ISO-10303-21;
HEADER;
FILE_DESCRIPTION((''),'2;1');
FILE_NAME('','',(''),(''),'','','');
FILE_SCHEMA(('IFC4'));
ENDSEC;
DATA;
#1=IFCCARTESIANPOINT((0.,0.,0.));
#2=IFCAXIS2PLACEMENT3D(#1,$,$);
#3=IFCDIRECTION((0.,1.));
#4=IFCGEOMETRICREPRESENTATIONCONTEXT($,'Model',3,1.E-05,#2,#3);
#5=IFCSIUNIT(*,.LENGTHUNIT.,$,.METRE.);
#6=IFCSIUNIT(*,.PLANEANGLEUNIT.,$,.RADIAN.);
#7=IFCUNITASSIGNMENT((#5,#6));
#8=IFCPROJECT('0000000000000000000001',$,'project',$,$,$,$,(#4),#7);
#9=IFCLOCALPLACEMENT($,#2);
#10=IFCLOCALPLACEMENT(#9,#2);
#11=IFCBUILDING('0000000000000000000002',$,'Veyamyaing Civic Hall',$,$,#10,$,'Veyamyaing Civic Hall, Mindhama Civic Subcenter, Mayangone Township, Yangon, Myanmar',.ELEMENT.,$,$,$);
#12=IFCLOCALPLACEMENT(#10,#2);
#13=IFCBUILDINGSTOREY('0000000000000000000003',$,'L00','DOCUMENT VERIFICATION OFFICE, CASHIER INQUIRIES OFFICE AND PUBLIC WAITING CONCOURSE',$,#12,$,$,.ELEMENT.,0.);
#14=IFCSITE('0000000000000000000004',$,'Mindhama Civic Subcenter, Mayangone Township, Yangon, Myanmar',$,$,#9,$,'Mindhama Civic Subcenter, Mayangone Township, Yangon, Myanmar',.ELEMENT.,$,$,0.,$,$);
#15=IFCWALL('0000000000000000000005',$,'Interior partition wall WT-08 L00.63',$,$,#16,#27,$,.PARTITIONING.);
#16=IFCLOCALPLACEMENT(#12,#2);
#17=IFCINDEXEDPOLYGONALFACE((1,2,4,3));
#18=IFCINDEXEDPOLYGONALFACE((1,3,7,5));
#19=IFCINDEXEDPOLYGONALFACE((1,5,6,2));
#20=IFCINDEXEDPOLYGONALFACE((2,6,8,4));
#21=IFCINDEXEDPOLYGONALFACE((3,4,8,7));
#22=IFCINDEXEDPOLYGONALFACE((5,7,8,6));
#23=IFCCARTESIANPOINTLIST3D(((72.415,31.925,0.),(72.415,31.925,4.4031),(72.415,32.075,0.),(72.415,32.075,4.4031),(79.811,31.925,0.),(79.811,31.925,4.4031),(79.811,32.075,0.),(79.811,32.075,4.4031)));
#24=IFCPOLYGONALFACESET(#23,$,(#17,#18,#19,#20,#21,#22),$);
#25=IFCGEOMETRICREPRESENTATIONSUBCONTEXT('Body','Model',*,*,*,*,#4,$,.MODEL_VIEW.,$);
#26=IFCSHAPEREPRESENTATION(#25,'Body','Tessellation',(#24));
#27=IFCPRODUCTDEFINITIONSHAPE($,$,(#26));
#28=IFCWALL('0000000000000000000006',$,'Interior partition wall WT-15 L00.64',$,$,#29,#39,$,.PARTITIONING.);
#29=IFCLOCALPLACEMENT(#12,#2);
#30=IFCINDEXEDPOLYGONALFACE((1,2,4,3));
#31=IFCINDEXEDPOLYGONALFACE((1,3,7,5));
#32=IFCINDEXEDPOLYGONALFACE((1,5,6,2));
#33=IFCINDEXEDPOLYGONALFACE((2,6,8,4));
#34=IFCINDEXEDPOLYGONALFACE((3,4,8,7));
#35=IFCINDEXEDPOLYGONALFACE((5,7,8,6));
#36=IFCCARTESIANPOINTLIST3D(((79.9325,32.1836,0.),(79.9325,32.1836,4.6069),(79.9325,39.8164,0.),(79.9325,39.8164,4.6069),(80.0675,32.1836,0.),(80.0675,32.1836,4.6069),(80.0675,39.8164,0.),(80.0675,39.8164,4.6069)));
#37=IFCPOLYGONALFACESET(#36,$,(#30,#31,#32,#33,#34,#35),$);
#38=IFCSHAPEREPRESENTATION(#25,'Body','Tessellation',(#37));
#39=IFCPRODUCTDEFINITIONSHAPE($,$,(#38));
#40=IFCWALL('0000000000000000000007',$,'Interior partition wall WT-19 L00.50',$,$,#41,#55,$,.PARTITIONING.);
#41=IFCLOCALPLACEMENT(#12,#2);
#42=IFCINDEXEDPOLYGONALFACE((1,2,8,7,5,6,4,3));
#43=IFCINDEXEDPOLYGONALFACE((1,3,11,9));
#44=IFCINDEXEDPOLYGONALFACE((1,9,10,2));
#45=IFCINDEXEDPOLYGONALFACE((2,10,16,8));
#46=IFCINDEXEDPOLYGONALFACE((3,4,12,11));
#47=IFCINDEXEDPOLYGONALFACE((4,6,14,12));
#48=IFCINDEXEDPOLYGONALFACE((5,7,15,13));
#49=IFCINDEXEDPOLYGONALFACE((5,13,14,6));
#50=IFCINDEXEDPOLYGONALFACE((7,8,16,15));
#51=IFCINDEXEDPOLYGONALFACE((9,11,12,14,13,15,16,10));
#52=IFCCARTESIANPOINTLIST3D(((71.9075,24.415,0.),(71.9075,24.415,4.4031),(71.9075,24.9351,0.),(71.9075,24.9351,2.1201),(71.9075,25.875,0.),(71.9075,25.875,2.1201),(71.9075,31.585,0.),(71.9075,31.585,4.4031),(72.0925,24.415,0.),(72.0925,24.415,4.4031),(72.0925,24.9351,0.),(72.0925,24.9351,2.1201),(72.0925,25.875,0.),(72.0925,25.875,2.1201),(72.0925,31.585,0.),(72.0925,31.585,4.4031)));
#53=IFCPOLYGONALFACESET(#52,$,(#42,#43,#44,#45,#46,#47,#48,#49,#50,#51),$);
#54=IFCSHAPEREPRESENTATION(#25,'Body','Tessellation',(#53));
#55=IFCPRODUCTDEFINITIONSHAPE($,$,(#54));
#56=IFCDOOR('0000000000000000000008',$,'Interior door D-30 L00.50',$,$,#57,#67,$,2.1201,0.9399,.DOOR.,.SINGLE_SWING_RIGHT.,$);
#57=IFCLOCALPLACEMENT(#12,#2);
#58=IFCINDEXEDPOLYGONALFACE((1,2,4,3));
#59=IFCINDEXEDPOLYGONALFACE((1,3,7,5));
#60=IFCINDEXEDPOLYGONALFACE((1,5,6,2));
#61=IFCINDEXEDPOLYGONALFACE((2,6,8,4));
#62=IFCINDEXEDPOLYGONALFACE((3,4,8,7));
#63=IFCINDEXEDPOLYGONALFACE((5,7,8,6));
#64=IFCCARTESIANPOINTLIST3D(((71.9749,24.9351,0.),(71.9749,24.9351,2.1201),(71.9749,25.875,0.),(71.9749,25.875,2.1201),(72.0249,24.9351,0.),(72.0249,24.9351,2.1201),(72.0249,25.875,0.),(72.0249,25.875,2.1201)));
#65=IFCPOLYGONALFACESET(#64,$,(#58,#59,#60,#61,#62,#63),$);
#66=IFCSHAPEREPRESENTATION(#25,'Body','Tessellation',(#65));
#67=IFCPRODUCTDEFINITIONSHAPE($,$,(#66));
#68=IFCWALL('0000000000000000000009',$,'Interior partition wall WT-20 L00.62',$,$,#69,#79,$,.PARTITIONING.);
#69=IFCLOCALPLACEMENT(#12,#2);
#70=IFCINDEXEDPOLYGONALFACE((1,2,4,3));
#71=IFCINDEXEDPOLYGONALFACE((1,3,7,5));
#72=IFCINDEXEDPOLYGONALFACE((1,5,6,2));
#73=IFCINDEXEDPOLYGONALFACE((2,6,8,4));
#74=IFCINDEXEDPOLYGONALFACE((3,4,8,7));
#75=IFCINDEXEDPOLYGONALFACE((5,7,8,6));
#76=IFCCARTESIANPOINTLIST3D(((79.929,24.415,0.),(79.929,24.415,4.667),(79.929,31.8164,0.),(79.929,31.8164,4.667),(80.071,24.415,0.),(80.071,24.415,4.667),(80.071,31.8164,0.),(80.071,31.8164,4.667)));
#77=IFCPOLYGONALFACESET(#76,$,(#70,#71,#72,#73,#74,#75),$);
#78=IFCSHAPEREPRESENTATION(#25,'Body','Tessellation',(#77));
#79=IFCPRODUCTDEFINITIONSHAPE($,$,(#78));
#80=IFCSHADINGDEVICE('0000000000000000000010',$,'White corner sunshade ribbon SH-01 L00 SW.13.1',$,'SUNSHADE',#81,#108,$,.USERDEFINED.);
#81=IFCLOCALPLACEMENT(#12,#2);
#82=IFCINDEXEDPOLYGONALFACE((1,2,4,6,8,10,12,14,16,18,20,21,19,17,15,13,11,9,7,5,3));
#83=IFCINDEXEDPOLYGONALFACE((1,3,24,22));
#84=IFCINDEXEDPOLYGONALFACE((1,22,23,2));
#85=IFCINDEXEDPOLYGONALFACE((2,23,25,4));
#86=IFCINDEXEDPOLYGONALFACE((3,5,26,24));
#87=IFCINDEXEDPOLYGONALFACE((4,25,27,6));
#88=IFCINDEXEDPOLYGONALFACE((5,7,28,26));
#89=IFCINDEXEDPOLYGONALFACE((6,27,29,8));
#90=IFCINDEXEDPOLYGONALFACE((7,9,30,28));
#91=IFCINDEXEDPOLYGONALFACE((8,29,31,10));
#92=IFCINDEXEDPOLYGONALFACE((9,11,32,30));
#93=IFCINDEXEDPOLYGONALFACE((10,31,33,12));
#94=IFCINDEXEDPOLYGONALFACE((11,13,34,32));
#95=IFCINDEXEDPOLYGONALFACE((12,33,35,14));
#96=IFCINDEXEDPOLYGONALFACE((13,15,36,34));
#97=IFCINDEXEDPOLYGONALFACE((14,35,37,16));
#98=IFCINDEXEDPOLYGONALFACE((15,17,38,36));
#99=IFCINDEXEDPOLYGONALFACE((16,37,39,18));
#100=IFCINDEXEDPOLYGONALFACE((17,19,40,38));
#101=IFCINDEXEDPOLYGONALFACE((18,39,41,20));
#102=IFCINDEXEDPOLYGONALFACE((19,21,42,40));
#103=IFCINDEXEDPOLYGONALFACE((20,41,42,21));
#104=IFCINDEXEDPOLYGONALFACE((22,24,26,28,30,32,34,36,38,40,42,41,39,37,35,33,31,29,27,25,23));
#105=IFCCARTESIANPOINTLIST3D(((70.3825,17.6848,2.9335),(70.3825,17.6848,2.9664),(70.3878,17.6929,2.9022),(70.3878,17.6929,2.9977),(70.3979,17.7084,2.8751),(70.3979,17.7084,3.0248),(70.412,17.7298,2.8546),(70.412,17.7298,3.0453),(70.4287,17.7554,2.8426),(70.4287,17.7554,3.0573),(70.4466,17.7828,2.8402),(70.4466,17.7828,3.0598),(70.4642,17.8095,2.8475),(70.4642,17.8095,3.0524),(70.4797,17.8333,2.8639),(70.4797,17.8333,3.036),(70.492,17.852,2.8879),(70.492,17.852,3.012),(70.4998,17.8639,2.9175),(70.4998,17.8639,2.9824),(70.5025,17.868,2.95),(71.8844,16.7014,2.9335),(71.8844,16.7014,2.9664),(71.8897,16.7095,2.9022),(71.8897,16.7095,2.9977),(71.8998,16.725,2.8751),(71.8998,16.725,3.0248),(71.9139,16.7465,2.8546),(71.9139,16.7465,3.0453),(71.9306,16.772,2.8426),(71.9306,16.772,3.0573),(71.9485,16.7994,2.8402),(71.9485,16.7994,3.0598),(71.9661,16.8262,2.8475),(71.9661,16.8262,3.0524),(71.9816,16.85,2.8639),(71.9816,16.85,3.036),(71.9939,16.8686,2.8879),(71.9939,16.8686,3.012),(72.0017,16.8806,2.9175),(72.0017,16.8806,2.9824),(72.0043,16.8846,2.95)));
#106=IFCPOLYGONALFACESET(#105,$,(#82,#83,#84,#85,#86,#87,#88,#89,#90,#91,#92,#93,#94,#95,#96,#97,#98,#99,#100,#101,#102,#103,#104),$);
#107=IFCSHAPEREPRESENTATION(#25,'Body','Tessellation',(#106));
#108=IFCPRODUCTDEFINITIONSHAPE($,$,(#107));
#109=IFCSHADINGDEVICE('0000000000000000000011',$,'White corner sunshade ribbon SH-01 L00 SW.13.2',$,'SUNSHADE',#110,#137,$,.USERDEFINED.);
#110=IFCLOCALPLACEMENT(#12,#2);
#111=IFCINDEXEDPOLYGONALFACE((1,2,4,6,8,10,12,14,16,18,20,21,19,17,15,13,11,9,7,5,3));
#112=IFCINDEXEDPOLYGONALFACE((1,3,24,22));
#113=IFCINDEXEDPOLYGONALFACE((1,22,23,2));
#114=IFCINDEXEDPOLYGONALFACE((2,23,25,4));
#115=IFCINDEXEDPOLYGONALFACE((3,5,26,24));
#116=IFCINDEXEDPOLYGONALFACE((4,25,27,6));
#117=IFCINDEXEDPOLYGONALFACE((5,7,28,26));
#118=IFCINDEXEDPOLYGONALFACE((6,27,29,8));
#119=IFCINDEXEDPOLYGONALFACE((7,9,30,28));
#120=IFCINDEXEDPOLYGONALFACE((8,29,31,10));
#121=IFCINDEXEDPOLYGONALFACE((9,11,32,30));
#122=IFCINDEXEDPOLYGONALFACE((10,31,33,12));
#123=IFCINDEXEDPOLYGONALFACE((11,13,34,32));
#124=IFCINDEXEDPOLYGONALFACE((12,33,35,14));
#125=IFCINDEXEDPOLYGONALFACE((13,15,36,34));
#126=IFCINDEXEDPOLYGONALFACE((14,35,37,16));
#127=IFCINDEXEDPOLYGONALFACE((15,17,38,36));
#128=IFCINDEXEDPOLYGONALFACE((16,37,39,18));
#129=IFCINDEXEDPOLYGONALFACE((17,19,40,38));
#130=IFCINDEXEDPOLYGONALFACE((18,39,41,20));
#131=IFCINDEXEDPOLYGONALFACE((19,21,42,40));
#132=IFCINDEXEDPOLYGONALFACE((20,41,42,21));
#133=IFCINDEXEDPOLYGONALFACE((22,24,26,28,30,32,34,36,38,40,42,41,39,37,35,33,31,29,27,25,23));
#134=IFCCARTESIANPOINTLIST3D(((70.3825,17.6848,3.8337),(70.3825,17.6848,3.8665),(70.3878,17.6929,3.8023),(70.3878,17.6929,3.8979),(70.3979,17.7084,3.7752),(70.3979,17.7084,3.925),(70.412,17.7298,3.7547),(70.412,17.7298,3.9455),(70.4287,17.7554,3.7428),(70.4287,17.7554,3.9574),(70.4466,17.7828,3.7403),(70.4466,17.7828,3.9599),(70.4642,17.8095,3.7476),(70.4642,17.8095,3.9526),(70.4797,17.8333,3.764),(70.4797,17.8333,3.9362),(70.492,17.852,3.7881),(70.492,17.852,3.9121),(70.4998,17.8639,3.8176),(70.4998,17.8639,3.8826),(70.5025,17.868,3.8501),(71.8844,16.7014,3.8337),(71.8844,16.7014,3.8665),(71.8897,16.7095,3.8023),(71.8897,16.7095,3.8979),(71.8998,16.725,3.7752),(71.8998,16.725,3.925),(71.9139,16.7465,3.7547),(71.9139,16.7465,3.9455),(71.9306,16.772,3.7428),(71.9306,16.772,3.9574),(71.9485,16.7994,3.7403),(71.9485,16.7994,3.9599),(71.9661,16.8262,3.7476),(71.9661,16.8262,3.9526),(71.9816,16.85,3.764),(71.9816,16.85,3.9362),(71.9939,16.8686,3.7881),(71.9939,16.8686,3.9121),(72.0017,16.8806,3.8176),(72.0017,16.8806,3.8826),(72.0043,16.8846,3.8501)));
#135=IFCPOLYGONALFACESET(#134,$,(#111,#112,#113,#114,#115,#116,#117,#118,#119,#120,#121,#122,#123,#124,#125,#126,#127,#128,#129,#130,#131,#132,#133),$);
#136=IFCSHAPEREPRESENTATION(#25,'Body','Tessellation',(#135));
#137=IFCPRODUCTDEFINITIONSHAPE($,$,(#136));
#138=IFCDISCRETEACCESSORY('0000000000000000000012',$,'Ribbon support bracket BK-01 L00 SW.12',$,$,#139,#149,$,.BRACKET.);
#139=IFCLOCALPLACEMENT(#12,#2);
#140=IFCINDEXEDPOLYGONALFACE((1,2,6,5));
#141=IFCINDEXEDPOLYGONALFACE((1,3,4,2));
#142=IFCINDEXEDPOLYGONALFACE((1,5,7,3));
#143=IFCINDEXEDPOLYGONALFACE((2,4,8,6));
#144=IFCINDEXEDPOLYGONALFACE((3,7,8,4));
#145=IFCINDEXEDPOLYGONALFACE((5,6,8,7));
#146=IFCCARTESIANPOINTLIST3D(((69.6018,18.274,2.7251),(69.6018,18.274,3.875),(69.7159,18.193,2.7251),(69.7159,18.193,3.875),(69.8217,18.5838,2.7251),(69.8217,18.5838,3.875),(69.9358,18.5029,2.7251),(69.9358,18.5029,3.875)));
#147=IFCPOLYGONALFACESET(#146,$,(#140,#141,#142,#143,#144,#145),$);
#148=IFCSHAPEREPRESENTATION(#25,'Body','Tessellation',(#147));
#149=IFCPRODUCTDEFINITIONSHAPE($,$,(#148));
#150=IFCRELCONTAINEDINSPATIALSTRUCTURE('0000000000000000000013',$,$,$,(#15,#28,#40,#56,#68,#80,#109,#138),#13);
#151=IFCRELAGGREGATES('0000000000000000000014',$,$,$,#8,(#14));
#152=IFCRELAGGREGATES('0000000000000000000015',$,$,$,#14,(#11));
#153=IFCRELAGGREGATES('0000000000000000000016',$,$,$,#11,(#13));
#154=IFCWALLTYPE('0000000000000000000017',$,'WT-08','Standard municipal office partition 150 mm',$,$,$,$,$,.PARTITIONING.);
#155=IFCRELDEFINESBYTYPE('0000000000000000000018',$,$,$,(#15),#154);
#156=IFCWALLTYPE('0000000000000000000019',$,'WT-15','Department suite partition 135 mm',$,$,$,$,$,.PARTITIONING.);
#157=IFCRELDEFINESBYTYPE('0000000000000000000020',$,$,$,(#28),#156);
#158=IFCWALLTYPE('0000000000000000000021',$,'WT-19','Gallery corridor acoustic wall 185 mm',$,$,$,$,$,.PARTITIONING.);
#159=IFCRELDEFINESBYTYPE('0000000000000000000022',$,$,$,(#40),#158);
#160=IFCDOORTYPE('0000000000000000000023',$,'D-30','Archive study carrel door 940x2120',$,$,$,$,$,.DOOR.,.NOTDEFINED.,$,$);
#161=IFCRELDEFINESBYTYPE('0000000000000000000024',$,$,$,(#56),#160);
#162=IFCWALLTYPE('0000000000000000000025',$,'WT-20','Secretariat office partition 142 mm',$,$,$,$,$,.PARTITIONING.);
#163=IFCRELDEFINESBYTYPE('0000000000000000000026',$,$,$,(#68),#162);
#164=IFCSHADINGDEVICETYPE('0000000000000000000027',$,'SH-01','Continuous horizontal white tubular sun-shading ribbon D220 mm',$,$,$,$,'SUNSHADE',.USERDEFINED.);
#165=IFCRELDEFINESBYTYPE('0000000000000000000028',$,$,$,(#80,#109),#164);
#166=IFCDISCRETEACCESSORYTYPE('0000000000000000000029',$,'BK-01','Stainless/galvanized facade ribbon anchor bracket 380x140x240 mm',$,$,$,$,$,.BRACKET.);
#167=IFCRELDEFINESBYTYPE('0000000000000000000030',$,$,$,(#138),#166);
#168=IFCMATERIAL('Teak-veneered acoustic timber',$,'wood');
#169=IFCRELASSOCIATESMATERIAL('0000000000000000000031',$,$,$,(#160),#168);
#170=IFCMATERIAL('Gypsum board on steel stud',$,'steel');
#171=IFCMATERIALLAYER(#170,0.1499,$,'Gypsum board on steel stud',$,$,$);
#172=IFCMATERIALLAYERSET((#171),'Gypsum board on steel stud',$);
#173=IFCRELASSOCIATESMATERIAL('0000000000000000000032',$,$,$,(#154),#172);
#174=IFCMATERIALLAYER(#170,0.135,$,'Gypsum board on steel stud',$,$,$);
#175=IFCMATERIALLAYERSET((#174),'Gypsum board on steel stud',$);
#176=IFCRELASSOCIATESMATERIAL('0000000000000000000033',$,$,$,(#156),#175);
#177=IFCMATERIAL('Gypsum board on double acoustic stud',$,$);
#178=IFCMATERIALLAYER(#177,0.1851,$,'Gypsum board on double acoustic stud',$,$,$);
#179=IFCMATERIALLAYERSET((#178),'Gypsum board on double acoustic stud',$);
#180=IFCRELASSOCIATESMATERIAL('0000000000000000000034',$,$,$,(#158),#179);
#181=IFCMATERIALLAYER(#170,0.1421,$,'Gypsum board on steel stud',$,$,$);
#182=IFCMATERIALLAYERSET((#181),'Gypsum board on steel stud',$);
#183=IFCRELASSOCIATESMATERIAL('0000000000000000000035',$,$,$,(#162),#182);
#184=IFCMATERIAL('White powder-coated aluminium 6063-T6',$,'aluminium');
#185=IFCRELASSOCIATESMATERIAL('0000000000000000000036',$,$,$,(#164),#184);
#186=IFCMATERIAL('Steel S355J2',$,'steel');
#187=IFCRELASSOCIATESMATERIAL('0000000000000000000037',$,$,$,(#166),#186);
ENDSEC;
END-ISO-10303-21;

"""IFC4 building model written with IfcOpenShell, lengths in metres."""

from ifc_helpers import new_model, si_unit, direction, frame, frame_2d, origin, origin_2d, place, context, subcontext, project, spatial, rectangle, circle, extrude, material, layer, layer_set, material_profile, profile_set, type_object, element, fill, save


model = new_model("IFC4")

# Units and contexts
model_context = context("Model", 3, precision=1e-05, world=origin(), true_north=direction((0.0, 1.0)))
body_context = subcontext(model_context, "Body", "Model", "MODEL_VIEW")
ifc_project = project(units=[si_unit("LENGTHUNIT", "METRE"), si_unit("PLANEANGLEUNIT", "RADIAN")], contexts=[model_context])

# Site, building, storey
site_placement = place(None, origin())
site = spatial("IfcSite", under=ifc_project, at=site_placement, Name="Mindhama Civic Subcenter, Mayangone Township, Yangon, Myanmar", LongName="Mindhama Civic Subcenter, Mayangone Township, Yangon, Myanmar", CompositionType="ELEMENT", RefElevation=0.0)
building_placement = place(site_placement, origin())
building = spatial("IfcBuilding", under=site, at=building_placement, Name="Veyamyaing Civic Hall", LongName="Veyamyaing Civic Hall, Mindhama Civic Subcenter, Mayangone Township, Yangon, Myanmar", CompositionType="ELEMENT")
storey_placement = place(building_placement, origin())
storey = spatial("IfcBuildingStorey", under=building, at=storey_placement, Name="L00", Description="DOCUMENT VERIFICATION OFFICE, CASHIER INQUIRIES OFFICE AND PUBLIC WAITING CONCOURSE", CompositionType="ELEMENT", Elevation=0.0)

# Shared definitions
ifc_material_1 = material(Name="Steel S355J2", Category="steel")

# Shared definitions
ifc_material_2 = material(Name="Teak-veneered acoustic timber", Category="wood")
door_type = type_object("IfcDoorType", Name="D-30", Description="Archive study carrel door 940x2120", OperationType="NOTDEFINED", PredefinedType="DOOR", material=ifc_material_2)

# Walls
ifc_material_3 = material(Name="Gypsum board on steel stud", Category="steel")
ifc_layer_1 = layer(ifc_material_3, 0.1499, Name="Gypsum board on steel stud")
ifc_layer_set_1 = layer_set([ifc_layer_1], Name="Gypsum board on steel stud")
wall_type_1 = type_object("IfcWallType", Name="WT-08", Description="Standard municipal office partition 150 mm", PredefinedType="PARTITIONING", material=ifc_layer_set_1)
wall_1_placement = place(storey_placement, frame((72.415, 32.0, 0.0), z_axis=(0.0, 0.0, 1.0), x_axis=(1.0, 0.0, 0.0)))
element("IfcWall", 1, at=wall_1_placement, inside=storey, type_object=wall_type_1, Name="Interior partition wall WT-08 L00.63", PredefinedType="PARTITIONING", context=body_context, shape_type="SweptSolid", body=[
    extrude(rectangle(XDim=7.396, YDim=0.1499, at=frame_2d((3.698, 0.0))), origin(), (0.0, 0.0, 1.0), 4.4031),
])
ifc_layer_2 = layer(ifc_material_3, 0.135, Name="Gypsum board on steel stud")
ifc_layer_set_2 = layer_set([ifc_layer_2], Name="Gypsum board on steel stud")
wall_type_2 = type_object("IfcWallType", Name="WT-15", Description="Department suite partition 135 mm", PredefinedType="PARTITIONING", material=ifc_layer_set_2)
wall_2_placement = place(storey_placement, frame((80.0, 32.1836, 0.0), z_axis=(0.0, 0.0, 1.0), x_axis=(0.0, 1.0, 0.0)))
element("IfcWall", 2, at=wall_2_placement, inside=storey, type_object=wall_type_2, Name="Interior partition wall WT-15 L00.64", PredefinedType="PARTITIONING", context=body_context, shape_type="SweptSolid", body=[
    extrude(rectangle(XDim=7.6328, YDim=0.135, at=frame_2d((3.8164, 0.0))), origin(), (0.0, 0.0, 1.0), 4.6069),
])

# Wall, opening, door
ifc_material_4 = material(Name="Gypsum board on double acoustic stud")
ifc_layer_3 = layer(ifc_material_4, 0.1851, Name="Gypsum board on double acoustic stud")
ifc_layer_set_3 = layer_set([ifc_layer_3], Name="Gypsum board on double acoustic stud")
wall_type_3 = type_object("IfcWallType", Name="WT-19", Description="Gallery corridor acoustic wall 185 mm", PredefinedType="PARTITIONING", material=ifc_layer_set_3)
wall_3_placement = place(storey_placement, frame((72.0, 24.415, 0.0), z_axis=(0.0, 0.0, 1.0), x_axis=(0.0, 1.0, 0.0)))
wall_3 = element("IfcWall", 3, at=wall_3_placement, inside=storey, type_object=wall_type_3, Name="Interior partition wall WT-19 L00.50", PredefinedType="PARTITIONING", context=body_context, shape_type="SweptSolid", body=[
    extrude(rectangle(XDim=7.1699, YDim=0.1851, at=frame_2d((3.585, 0.0))), origin(), (0.0, 0.0, 1.0), 4.4031),
])
opening_1_placement = place(wall_3_placement, frame((0.52, 0.0, 0.0)))
opening_1 = element("IfcOpeningElement", 4, at=opening_1_placement, cuts=wall_3, PredefinedType="OPENING", context=body_context, shape_type="SweptSolid", body=[
    extrude(rectangle(XDim=0.9399, YDim=2.1201, at=frame_2d((0.47, 1.0601))), frame((0.0, 0.1025, 0.0), z_axis=(0.0, -1.0, 0.0), x_axis=(1.0, 0.0, 0.0)), (0.0, 0.0, 1.0), 0.2051),
])
door_1_placement = place(opening_1_placement, frame((0.9399, 0.0, 0.0), z_axis=(0.0, 0.0, 1.0), x_axis=(-1.0, 0.0, 0.0)))
door_1 = element("IfcDoor", 5, at=door_1_placement, inside=storey, type_object=door_type, Name="Interior door D-30 L00.50", OperationType="SINGLE_SWING_RIGHT", OverallHeight=2.1201, OverallWidth=0.9399, PredefinedType="DOOR", context=body_context, shape_type="SweptSolid", body=[
    extrude(rectangle(XDim=0.9399, YDim=2.1201, at=frame_2d((0.47, 1.0601))), frame((0.0, 0.0249, 0.0), z_axis=(0.0, -1.0, 0.0), x_axis=(1.0, 0.0, 0.0)), (0.0, 0.0, 1.0), 0.05),
])
fill(opening_1, door_1)

# Wall
ifc_layer_4 = layer(ifc_material_3, 0.1421, Name="Gypsum board on steel stud")
ifc_layer_set_4 = layer_set([ifc_layer_4], Name="Gypsum board on steel stud")
wall_type_4 = type_object("IfcWallType", Name="WT-20", Description="Secretariat office partition 142 mm", PredefinedType="PARTITIONING", material=ifc_layer_set_4)
wall_4_placement = place(storey_placement, frame((80.0, 24.415, 0.0), z_axis=(0.0, 0.0, 1.0), x_axis=(0.0, 1.0, 0.0)))
element("IfcWall", 6, at=wall_4_placement, inside=storey, type_object=wall_type_4, Name="Interior partition wall WT-20 L00.62", PredefinedType="PARTITIONING", context=body_context, shape_type="SweptSolid", body=[
    extrude(rectangle(XDim=7.4014, YDim=0.1421, at=frame_2d((3.7007, 0.0))), origin(), (0.0, 0.0, 1.0), 4.667),
])

# Shading devices
ifc_material_5 = material(Name="White powder-coated aluminium 6063-T6", Category="aluminium")
ifc_material_profile_1 = material_profile(ifc_material_5, circle(Radius=0.1101, at=origin_2d()), Name="SHADE-TUBE-220")
ifc_profile_set_1 = profile_set([ifc_material_profile_1], Name="White powder-coated aluminium 6063-T6")
shading_device_type = type_object("IfcShadingDeviceType", Name="SH-01", Description="Continuous horizontal white tubular sun-shading ribbon D220 mm", ElementType="SUNSHADE", PredefinedType="USERDEFINED", material=ifc_profile_set_1)
for number, where, z_axis, x_axis, name in (
    (7, (70.4421, 17.7759, 2.95), (0.836624, -0.547777, 0.0), (0.547777, 0.836624, 0.0), "White corner sunshade ribbon SH-01 L00 SW.13.1"),
    (8, (70.4421, 17.7759, 3.8501), (0.836624, -0.547777, 0.0), (0.547777, 0.836624, 0.0), "White corner sunshade ribbon SH-01 L00 SW.13.2"),
):
    element("IfcShadingDevice", number, at=place(storey_placement, frame(where, z_axis=z_axis, x_axis=x_axis)), inside=storey, type_object=shading_device_type, Name=name, ObjectType="SUNSHADE", PredefinedType="USERDEFINED", context=body_context, shape_type="SweptSolid", body=[
        extrude(circle(Radius=0.1101, at=origin_2d()), origin(), (0.0, 0.0, 1.0), 1.7952),
    ])

# Discrete accessory
discrete_accessory_type = type_object("IfcDiscreteAccessoryType", Name="BK-01", Description="Stainless/galvanized facade ribbon anchor bracket 380x140x240 mm", PredefinedType="BRACKET", material=ifc_material_1)
discrete_accessory_placement = place(storey_placement, frame((69.7688, 18.3884, 2.7251), z_axis=(0.0, 0.0, 1.0), x_axis=(-0.578671, -0.815561, 0.0)))
element("IfcDiscreteAccessory", 9, at=discrete_accessory_placement, inside=storey, type_object=discrete_accessory_type, Name="Ribbon support bracket BK-01 L00 SW.12", PredefinedType="BRACKET", context=body_context, shape_type="SweptSolid", body=[
    extrude(rectangle(XDim=0.3799, YDim=0.1399, at=origin_2d()), origin(), (0.0, 0.0, 1.0), 1.1499),
])

save(model, "model.ifc")
